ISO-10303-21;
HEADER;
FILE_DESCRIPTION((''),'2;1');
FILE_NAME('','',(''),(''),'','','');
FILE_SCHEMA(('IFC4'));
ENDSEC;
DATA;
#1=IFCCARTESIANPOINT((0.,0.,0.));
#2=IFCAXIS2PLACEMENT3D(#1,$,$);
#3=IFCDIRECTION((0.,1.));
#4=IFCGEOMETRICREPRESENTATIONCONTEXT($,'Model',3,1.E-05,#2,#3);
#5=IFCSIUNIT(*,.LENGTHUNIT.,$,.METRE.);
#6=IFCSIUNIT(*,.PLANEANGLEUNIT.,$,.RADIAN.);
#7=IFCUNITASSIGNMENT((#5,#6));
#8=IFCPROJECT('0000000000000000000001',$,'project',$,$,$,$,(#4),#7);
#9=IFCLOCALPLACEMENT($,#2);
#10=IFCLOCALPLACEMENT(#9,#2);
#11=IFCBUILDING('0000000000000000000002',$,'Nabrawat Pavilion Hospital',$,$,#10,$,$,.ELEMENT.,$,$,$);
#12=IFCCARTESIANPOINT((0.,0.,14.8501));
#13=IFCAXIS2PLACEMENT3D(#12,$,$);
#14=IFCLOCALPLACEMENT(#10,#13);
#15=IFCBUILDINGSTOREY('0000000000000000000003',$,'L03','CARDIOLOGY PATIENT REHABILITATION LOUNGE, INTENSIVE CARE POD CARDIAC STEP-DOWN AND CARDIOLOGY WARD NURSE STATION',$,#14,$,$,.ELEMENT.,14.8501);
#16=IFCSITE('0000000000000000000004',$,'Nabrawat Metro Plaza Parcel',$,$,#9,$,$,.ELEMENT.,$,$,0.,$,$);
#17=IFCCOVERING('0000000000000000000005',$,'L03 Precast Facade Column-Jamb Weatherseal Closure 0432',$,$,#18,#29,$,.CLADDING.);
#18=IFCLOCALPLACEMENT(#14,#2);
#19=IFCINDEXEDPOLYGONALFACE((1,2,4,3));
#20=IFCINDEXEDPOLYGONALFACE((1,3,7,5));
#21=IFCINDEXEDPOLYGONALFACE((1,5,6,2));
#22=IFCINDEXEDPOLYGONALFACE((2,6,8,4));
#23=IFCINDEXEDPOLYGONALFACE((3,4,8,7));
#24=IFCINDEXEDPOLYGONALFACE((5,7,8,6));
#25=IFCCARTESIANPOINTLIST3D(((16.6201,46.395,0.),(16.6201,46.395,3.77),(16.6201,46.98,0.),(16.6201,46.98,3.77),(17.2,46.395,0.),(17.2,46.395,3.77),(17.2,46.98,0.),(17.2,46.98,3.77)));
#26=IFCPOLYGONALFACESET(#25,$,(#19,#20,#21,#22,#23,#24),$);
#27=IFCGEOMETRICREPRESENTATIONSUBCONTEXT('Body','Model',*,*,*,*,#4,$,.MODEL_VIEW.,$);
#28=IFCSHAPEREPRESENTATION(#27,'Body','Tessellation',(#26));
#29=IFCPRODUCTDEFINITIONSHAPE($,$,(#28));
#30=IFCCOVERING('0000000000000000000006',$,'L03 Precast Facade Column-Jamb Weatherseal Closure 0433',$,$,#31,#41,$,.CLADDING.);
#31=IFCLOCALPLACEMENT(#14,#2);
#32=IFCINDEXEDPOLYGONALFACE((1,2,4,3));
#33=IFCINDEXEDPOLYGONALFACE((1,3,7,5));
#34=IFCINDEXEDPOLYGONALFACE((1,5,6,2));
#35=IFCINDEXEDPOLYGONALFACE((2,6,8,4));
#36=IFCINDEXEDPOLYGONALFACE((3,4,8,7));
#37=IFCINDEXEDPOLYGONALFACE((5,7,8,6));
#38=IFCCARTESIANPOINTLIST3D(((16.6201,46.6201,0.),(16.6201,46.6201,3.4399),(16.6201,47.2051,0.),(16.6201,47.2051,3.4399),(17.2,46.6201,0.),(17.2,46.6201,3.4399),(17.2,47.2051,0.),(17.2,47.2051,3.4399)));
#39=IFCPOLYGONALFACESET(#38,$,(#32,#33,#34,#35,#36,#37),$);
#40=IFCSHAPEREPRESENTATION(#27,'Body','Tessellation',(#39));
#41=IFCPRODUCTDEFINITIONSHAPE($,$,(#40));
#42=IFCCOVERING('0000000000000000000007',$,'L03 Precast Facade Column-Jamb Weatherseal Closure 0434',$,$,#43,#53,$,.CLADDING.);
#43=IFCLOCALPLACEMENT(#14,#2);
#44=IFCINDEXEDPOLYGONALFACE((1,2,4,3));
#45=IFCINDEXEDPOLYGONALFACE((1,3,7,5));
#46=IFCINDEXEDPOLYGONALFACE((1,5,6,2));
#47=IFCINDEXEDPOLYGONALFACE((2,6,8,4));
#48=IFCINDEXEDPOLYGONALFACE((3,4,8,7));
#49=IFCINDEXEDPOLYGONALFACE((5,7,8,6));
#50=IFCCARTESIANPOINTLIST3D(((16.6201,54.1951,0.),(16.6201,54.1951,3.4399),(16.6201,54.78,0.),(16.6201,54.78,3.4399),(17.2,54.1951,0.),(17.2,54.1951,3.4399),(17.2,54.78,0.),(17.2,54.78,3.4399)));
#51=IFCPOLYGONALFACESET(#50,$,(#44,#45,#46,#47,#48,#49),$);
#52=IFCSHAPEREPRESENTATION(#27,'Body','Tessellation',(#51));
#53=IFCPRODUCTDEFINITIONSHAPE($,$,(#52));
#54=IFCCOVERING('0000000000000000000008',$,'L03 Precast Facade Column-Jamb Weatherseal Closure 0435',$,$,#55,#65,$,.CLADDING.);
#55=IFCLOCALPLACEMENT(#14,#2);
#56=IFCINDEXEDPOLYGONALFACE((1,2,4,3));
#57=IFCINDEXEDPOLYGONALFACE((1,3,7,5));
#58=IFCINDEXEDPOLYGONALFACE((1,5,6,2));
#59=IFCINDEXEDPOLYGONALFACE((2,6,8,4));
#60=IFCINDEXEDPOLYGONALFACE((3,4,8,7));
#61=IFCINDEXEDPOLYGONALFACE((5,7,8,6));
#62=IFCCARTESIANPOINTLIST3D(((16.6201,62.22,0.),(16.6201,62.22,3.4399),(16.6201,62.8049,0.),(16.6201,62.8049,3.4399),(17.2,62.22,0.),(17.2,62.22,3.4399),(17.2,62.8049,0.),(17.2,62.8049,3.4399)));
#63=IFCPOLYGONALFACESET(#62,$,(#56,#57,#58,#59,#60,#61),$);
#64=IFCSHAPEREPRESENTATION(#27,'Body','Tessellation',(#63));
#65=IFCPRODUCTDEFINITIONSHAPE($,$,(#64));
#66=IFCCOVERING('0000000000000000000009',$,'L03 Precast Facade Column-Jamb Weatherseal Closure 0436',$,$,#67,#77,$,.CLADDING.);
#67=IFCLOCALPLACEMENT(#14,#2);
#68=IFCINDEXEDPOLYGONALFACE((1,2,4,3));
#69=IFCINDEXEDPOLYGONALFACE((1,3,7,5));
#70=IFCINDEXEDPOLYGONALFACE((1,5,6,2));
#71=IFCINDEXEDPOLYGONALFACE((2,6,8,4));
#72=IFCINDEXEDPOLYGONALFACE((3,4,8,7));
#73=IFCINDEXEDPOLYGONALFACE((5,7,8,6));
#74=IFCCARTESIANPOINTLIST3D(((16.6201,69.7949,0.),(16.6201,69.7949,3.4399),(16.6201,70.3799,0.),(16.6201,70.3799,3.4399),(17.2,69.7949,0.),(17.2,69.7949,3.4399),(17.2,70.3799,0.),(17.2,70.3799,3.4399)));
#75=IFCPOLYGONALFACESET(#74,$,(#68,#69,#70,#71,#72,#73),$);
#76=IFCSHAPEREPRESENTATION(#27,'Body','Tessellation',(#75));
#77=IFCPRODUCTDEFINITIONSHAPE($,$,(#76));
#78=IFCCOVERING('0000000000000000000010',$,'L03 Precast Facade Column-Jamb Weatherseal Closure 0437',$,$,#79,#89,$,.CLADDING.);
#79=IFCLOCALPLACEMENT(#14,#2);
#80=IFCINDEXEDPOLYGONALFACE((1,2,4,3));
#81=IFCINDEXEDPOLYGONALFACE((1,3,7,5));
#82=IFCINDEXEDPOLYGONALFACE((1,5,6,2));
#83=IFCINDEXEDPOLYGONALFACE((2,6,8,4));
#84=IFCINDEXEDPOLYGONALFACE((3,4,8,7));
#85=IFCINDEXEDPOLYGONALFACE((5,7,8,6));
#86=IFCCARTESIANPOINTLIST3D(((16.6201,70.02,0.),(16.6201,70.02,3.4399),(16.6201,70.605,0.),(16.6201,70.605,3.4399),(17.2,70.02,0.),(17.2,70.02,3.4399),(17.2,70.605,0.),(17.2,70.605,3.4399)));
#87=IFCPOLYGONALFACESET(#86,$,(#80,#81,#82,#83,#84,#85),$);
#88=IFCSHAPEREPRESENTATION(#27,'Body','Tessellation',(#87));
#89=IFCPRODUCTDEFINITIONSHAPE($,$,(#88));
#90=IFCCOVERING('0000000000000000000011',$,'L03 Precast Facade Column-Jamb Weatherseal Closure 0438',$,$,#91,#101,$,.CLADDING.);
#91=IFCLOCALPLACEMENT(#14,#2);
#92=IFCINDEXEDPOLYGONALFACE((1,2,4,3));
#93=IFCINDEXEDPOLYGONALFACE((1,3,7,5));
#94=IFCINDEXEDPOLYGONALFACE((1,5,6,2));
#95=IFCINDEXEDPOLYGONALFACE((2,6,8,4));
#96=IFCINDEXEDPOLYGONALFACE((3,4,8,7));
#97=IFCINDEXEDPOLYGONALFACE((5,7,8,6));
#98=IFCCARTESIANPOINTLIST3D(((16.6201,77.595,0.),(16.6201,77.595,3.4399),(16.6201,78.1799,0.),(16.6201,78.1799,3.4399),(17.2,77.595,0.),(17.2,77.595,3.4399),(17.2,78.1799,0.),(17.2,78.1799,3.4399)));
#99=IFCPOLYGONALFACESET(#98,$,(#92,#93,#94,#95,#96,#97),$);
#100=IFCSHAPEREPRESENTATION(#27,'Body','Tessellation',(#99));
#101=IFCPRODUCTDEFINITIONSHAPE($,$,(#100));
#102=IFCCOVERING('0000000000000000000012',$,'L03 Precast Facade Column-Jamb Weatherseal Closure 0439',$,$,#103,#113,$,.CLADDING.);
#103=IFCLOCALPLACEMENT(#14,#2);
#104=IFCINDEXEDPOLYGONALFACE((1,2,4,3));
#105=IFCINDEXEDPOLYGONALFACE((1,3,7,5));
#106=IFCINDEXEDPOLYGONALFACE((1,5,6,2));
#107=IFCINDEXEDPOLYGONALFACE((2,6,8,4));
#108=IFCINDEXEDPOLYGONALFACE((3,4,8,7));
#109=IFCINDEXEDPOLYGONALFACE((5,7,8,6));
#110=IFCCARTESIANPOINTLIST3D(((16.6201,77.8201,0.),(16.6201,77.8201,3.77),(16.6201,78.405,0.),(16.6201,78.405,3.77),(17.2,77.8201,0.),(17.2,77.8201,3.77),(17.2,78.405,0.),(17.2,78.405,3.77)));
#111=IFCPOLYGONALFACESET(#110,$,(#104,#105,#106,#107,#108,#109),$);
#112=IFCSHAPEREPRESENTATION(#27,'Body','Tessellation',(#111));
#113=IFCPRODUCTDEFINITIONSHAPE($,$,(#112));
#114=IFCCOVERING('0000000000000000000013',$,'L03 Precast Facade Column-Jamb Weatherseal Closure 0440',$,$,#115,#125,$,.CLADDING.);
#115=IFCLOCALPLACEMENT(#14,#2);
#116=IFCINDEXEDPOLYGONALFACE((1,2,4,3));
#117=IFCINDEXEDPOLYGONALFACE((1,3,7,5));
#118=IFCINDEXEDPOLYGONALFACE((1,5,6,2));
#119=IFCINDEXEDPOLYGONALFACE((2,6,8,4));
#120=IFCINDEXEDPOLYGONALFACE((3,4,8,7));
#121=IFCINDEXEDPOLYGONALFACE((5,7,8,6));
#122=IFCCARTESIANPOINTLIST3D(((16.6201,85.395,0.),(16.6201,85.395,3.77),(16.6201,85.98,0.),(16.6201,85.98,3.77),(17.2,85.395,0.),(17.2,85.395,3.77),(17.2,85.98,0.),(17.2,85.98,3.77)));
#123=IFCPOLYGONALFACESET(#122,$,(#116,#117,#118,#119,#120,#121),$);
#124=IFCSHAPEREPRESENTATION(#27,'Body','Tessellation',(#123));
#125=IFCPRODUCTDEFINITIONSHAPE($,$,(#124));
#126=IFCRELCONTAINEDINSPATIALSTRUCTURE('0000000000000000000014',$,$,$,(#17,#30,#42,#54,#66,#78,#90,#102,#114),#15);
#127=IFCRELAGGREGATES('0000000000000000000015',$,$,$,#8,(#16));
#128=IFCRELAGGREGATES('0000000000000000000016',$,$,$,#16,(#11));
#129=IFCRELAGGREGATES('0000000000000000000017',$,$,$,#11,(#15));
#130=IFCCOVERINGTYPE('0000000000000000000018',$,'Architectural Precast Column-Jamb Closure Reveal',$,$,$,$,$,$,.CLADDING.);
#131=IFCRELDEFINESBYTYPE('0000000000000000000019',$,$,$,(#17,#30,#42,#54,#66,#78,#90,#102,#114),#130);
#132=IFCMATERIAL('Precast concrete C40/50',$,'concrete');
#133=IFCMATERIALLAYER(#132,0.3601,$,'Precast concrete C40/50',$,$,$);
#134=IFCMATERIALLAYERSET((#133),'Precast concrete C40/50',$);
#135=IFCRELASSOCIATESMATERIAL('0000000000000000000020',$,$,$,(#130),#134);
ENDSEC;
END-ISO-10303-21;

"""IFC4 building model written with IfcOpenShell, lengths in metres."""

from ifc_helpers import new_model, si_unit, direction, frame, origin, place, context, subcontext, project, spatial, polyline, outline, extrude, material, layer, layer_set, type_object, element, save


model = new_model("IFC4")

# Units and contexts
model_context = context("Model", 3, precision=1e-05, world=origin(), true_north=direction((0.0, 1.0)))
body_context = subcontext(model_context, "Body", "Model", "MODEL_VIEW")
ifc_project = project(units=[si_unit("LENGTHUNIT", "METRE"), si_unit("PLANEANGLEUNIT", "RADIAN")], contexts=[model_context])

# Site, building, storey
site_placement = place(None, origin())
site = spatial("IfcSite", under=ifc_project, at=site_placement, Name="Nabrawat Metro Plaza Parcel", CompositionType="ELEMENT", RefElevation=0.0)
building_placement = place(site_placement, origin())
building = spatial("IfcBuilding", under=site, at=building_placement, Name="Nabrawat Pavilion Hospital", CompositionType="ELEMENT")
storey_placement = place(building_placement, frame((0.0, 0.0, 14.8501)))
storey = spatial("IfcBuildingStorey", under=building, at=storey_placement, Name="L03", Description="CARDIOLOGY PATIENT REHABILITATION LOUNGE, INTENSIVE CARE POD CARDIAC STEP-DOWN AND CARDIOLOGY WARD NURSE STATION", CompositionType="ELEMENT", Elevation=14.8501)

# Coverings
ifc_material_1 = material(Name="Precast concrete C40/50", Category="concrete")
ifc_layer_1 = layer(ifc_material_1, 0.3601, Name="Precast concrete C40/50")
ifc_layer_set_1 = layer_set([ifc_layer_1], Name="Precast concrete C40/50")
covering_type = type_object("IfcCoveringType", Name="Architectural Precast Column-Jamb Closure Reveal", PredefinedType="CLADDING", material=ifc_layer_set_1)
covering_1_placement = place(storey_placement, origin())
element("IfcCovering", 1, at=covering_1_placement, inside=storey, type_object=covering_type, Name="L03 Precast Facade Column-Jamb Weatherseal Closure 0432", PredefinedType="CLADDING", context=body_context, shape_type="SweptSolid", body=[
    extrude(outline(polyline([(17.2, 46.395), (17.2, 46.98), (16.6201, 46.98), (16.6201, 46.395), (17.2, 46.395)])), origin(), (0.0, 0.0, 1.0), 3.77),
])
covering_2_placement = place(storey_placement, origin())
element("IfcCovering", 2, at=covering_2_placement, inside=storey, type_object=covering_type, Name="L03 Precast Facade Column-Jamb Weatherseal Closure 0433", PredefinedType="CLADDING", context=body_context, shape_type="SweptSolid", body=[
    extrude(outline(polyline([(17.2, 46.6201), (17.2, 47.2051), (16.6201, 47.2051), (16.6201, 46.6201), (17.2, 46.6201)])), origin(), (0.0, 0.0, 1.0), 3.4399),
])
covering_3_placement = place(storey_placement, origin())
element("IfcCovering", 3, at=covering_3_placement, inside=storey, type_object=covering_type, Name="L03 Precast Facade Column-Jamb Weatherseal Closure 0434", PredefinedType="CLADDING", context=body_context, shape_type="SweptSolid", body=[
    extrude(outline(polyline([(17.2, 54.1951), (17.2, 54.78), (16.6201, 54.78), (16.6201, 54.1951), (17.2, 54.1951)])), origin(), (0.0, 0.0, 1.0), 3.4399),
])
covering_4_placement = place(storey_placement, origin())
element("IfcCovering", 4, at=covering_4_placement, inside=storey, type_object=covering_type, Name="L03 Precast Facade Column-Jamb Weatherseal Closure 0435", PredefinedType="CLADDING", context=body_context, shape_type="SweptSolid", body=[
    extrude(outline(polyline([(17.2, 62.22), (17.2, 62.8049), (16.6201, 62.8049), (16.6201, 62.22), (17.2, 62.22)])), origin(), (0.0, 0.0, 1.0), 3.4399),
])
covering_5_placement = place(storey_placement, origin())
element("IfcCovering", 5, at=covering_5_placement, inside=storey, type_object=covering_type, Name="L03 Precast Facade Column-Jamb Weatherseal Closure 0436", PredefinedType="CLADDING", context=body_context, shape_type="SweptSolid", body=[
    extrude(outline(polyline([(17.2, 69.7949), (17.2, 70.3799), (16.6201, 70.3799), (16.6201, 69.7949), (17.2, 69.7949)])), origin(), (0.0, 0.0, 1.0), 3.4399),
])
covering_6_placement = place(storey_placement, origin())
element("IfcCovering", 6, at=covering_6_placement, inside=storey, type_object=covering_type, Name="L03 Precast Facade Column-Jamb Weatherseal Closure 0437", PredefinedType="CLADDING", context=body_context, shape_type="SweptSolid", body=[
    extrude(outline(polyline([(17.2, 70.02), (17.2, 70.605), (16.6201, 70.605), (16.6201, 70.02), (17.2, 70.02)])), origin(), (0.0, 0.0, 1.0), 3.4399),
])
covering_7_placement = place(storey_placement, origin())
element("IfcCovering", 7, at=covering_7_placement, inside=storey, type_object=covering_type, Name="L03 Precast Facade Column-Jamb Weatherseal Closure 0438", PredefinedType="CLADDING", context=body_context, shape_type="SweptSolid", body=[
    extrude(outline(polyline([(17.2, 77.595), (17.2, 78.1799), (16.6201, 78.1799), (16.6201, 77.595), (17.2, 77.595)])), origin(), (0.0, 0.0, 1.0), 3.4399),
])
covering_8_placement = place(storey_placement, origin())
element("IfcCovering", 8, at=covering_8_placement, inside=storey, type_object=covering_type, Name="L03 Precast Facade Column-Jamb Weatherseal Closure 0439", PredefinedType="CLADDING", context=body_context, shape_type="SweptSolid", body=[
    extrude(outline(polyline([(17.2, 77.8201), (17.2, 78.405), (16.6201, 78.405), (16.6201, 77.8201), (17.2, 77.8201)])), origin(), (0.0, 0.0, 1.0), 3.77),
])
covering_9_placement = place(storey_placement, origin())
element("IfcCovering", 9, at=covering_9_placement, inside=storey, type_object=covering_type, Name="L03 Precast Facade Column-Jamb Weatherseal Closure 0440", PredefinedType="CLADDING", context=body_context, shape_type="SweptSolid", body=[
    extrude(outline(polyline([(17.2, 85.395), (17.2, 85.98), (16.6201, 85.98), (16.6201, 85.395), (17.2, 85.395)])), origin(), (0.0, 0.0, 1.0), 3.77),
])

save(model, "model.ifc")
